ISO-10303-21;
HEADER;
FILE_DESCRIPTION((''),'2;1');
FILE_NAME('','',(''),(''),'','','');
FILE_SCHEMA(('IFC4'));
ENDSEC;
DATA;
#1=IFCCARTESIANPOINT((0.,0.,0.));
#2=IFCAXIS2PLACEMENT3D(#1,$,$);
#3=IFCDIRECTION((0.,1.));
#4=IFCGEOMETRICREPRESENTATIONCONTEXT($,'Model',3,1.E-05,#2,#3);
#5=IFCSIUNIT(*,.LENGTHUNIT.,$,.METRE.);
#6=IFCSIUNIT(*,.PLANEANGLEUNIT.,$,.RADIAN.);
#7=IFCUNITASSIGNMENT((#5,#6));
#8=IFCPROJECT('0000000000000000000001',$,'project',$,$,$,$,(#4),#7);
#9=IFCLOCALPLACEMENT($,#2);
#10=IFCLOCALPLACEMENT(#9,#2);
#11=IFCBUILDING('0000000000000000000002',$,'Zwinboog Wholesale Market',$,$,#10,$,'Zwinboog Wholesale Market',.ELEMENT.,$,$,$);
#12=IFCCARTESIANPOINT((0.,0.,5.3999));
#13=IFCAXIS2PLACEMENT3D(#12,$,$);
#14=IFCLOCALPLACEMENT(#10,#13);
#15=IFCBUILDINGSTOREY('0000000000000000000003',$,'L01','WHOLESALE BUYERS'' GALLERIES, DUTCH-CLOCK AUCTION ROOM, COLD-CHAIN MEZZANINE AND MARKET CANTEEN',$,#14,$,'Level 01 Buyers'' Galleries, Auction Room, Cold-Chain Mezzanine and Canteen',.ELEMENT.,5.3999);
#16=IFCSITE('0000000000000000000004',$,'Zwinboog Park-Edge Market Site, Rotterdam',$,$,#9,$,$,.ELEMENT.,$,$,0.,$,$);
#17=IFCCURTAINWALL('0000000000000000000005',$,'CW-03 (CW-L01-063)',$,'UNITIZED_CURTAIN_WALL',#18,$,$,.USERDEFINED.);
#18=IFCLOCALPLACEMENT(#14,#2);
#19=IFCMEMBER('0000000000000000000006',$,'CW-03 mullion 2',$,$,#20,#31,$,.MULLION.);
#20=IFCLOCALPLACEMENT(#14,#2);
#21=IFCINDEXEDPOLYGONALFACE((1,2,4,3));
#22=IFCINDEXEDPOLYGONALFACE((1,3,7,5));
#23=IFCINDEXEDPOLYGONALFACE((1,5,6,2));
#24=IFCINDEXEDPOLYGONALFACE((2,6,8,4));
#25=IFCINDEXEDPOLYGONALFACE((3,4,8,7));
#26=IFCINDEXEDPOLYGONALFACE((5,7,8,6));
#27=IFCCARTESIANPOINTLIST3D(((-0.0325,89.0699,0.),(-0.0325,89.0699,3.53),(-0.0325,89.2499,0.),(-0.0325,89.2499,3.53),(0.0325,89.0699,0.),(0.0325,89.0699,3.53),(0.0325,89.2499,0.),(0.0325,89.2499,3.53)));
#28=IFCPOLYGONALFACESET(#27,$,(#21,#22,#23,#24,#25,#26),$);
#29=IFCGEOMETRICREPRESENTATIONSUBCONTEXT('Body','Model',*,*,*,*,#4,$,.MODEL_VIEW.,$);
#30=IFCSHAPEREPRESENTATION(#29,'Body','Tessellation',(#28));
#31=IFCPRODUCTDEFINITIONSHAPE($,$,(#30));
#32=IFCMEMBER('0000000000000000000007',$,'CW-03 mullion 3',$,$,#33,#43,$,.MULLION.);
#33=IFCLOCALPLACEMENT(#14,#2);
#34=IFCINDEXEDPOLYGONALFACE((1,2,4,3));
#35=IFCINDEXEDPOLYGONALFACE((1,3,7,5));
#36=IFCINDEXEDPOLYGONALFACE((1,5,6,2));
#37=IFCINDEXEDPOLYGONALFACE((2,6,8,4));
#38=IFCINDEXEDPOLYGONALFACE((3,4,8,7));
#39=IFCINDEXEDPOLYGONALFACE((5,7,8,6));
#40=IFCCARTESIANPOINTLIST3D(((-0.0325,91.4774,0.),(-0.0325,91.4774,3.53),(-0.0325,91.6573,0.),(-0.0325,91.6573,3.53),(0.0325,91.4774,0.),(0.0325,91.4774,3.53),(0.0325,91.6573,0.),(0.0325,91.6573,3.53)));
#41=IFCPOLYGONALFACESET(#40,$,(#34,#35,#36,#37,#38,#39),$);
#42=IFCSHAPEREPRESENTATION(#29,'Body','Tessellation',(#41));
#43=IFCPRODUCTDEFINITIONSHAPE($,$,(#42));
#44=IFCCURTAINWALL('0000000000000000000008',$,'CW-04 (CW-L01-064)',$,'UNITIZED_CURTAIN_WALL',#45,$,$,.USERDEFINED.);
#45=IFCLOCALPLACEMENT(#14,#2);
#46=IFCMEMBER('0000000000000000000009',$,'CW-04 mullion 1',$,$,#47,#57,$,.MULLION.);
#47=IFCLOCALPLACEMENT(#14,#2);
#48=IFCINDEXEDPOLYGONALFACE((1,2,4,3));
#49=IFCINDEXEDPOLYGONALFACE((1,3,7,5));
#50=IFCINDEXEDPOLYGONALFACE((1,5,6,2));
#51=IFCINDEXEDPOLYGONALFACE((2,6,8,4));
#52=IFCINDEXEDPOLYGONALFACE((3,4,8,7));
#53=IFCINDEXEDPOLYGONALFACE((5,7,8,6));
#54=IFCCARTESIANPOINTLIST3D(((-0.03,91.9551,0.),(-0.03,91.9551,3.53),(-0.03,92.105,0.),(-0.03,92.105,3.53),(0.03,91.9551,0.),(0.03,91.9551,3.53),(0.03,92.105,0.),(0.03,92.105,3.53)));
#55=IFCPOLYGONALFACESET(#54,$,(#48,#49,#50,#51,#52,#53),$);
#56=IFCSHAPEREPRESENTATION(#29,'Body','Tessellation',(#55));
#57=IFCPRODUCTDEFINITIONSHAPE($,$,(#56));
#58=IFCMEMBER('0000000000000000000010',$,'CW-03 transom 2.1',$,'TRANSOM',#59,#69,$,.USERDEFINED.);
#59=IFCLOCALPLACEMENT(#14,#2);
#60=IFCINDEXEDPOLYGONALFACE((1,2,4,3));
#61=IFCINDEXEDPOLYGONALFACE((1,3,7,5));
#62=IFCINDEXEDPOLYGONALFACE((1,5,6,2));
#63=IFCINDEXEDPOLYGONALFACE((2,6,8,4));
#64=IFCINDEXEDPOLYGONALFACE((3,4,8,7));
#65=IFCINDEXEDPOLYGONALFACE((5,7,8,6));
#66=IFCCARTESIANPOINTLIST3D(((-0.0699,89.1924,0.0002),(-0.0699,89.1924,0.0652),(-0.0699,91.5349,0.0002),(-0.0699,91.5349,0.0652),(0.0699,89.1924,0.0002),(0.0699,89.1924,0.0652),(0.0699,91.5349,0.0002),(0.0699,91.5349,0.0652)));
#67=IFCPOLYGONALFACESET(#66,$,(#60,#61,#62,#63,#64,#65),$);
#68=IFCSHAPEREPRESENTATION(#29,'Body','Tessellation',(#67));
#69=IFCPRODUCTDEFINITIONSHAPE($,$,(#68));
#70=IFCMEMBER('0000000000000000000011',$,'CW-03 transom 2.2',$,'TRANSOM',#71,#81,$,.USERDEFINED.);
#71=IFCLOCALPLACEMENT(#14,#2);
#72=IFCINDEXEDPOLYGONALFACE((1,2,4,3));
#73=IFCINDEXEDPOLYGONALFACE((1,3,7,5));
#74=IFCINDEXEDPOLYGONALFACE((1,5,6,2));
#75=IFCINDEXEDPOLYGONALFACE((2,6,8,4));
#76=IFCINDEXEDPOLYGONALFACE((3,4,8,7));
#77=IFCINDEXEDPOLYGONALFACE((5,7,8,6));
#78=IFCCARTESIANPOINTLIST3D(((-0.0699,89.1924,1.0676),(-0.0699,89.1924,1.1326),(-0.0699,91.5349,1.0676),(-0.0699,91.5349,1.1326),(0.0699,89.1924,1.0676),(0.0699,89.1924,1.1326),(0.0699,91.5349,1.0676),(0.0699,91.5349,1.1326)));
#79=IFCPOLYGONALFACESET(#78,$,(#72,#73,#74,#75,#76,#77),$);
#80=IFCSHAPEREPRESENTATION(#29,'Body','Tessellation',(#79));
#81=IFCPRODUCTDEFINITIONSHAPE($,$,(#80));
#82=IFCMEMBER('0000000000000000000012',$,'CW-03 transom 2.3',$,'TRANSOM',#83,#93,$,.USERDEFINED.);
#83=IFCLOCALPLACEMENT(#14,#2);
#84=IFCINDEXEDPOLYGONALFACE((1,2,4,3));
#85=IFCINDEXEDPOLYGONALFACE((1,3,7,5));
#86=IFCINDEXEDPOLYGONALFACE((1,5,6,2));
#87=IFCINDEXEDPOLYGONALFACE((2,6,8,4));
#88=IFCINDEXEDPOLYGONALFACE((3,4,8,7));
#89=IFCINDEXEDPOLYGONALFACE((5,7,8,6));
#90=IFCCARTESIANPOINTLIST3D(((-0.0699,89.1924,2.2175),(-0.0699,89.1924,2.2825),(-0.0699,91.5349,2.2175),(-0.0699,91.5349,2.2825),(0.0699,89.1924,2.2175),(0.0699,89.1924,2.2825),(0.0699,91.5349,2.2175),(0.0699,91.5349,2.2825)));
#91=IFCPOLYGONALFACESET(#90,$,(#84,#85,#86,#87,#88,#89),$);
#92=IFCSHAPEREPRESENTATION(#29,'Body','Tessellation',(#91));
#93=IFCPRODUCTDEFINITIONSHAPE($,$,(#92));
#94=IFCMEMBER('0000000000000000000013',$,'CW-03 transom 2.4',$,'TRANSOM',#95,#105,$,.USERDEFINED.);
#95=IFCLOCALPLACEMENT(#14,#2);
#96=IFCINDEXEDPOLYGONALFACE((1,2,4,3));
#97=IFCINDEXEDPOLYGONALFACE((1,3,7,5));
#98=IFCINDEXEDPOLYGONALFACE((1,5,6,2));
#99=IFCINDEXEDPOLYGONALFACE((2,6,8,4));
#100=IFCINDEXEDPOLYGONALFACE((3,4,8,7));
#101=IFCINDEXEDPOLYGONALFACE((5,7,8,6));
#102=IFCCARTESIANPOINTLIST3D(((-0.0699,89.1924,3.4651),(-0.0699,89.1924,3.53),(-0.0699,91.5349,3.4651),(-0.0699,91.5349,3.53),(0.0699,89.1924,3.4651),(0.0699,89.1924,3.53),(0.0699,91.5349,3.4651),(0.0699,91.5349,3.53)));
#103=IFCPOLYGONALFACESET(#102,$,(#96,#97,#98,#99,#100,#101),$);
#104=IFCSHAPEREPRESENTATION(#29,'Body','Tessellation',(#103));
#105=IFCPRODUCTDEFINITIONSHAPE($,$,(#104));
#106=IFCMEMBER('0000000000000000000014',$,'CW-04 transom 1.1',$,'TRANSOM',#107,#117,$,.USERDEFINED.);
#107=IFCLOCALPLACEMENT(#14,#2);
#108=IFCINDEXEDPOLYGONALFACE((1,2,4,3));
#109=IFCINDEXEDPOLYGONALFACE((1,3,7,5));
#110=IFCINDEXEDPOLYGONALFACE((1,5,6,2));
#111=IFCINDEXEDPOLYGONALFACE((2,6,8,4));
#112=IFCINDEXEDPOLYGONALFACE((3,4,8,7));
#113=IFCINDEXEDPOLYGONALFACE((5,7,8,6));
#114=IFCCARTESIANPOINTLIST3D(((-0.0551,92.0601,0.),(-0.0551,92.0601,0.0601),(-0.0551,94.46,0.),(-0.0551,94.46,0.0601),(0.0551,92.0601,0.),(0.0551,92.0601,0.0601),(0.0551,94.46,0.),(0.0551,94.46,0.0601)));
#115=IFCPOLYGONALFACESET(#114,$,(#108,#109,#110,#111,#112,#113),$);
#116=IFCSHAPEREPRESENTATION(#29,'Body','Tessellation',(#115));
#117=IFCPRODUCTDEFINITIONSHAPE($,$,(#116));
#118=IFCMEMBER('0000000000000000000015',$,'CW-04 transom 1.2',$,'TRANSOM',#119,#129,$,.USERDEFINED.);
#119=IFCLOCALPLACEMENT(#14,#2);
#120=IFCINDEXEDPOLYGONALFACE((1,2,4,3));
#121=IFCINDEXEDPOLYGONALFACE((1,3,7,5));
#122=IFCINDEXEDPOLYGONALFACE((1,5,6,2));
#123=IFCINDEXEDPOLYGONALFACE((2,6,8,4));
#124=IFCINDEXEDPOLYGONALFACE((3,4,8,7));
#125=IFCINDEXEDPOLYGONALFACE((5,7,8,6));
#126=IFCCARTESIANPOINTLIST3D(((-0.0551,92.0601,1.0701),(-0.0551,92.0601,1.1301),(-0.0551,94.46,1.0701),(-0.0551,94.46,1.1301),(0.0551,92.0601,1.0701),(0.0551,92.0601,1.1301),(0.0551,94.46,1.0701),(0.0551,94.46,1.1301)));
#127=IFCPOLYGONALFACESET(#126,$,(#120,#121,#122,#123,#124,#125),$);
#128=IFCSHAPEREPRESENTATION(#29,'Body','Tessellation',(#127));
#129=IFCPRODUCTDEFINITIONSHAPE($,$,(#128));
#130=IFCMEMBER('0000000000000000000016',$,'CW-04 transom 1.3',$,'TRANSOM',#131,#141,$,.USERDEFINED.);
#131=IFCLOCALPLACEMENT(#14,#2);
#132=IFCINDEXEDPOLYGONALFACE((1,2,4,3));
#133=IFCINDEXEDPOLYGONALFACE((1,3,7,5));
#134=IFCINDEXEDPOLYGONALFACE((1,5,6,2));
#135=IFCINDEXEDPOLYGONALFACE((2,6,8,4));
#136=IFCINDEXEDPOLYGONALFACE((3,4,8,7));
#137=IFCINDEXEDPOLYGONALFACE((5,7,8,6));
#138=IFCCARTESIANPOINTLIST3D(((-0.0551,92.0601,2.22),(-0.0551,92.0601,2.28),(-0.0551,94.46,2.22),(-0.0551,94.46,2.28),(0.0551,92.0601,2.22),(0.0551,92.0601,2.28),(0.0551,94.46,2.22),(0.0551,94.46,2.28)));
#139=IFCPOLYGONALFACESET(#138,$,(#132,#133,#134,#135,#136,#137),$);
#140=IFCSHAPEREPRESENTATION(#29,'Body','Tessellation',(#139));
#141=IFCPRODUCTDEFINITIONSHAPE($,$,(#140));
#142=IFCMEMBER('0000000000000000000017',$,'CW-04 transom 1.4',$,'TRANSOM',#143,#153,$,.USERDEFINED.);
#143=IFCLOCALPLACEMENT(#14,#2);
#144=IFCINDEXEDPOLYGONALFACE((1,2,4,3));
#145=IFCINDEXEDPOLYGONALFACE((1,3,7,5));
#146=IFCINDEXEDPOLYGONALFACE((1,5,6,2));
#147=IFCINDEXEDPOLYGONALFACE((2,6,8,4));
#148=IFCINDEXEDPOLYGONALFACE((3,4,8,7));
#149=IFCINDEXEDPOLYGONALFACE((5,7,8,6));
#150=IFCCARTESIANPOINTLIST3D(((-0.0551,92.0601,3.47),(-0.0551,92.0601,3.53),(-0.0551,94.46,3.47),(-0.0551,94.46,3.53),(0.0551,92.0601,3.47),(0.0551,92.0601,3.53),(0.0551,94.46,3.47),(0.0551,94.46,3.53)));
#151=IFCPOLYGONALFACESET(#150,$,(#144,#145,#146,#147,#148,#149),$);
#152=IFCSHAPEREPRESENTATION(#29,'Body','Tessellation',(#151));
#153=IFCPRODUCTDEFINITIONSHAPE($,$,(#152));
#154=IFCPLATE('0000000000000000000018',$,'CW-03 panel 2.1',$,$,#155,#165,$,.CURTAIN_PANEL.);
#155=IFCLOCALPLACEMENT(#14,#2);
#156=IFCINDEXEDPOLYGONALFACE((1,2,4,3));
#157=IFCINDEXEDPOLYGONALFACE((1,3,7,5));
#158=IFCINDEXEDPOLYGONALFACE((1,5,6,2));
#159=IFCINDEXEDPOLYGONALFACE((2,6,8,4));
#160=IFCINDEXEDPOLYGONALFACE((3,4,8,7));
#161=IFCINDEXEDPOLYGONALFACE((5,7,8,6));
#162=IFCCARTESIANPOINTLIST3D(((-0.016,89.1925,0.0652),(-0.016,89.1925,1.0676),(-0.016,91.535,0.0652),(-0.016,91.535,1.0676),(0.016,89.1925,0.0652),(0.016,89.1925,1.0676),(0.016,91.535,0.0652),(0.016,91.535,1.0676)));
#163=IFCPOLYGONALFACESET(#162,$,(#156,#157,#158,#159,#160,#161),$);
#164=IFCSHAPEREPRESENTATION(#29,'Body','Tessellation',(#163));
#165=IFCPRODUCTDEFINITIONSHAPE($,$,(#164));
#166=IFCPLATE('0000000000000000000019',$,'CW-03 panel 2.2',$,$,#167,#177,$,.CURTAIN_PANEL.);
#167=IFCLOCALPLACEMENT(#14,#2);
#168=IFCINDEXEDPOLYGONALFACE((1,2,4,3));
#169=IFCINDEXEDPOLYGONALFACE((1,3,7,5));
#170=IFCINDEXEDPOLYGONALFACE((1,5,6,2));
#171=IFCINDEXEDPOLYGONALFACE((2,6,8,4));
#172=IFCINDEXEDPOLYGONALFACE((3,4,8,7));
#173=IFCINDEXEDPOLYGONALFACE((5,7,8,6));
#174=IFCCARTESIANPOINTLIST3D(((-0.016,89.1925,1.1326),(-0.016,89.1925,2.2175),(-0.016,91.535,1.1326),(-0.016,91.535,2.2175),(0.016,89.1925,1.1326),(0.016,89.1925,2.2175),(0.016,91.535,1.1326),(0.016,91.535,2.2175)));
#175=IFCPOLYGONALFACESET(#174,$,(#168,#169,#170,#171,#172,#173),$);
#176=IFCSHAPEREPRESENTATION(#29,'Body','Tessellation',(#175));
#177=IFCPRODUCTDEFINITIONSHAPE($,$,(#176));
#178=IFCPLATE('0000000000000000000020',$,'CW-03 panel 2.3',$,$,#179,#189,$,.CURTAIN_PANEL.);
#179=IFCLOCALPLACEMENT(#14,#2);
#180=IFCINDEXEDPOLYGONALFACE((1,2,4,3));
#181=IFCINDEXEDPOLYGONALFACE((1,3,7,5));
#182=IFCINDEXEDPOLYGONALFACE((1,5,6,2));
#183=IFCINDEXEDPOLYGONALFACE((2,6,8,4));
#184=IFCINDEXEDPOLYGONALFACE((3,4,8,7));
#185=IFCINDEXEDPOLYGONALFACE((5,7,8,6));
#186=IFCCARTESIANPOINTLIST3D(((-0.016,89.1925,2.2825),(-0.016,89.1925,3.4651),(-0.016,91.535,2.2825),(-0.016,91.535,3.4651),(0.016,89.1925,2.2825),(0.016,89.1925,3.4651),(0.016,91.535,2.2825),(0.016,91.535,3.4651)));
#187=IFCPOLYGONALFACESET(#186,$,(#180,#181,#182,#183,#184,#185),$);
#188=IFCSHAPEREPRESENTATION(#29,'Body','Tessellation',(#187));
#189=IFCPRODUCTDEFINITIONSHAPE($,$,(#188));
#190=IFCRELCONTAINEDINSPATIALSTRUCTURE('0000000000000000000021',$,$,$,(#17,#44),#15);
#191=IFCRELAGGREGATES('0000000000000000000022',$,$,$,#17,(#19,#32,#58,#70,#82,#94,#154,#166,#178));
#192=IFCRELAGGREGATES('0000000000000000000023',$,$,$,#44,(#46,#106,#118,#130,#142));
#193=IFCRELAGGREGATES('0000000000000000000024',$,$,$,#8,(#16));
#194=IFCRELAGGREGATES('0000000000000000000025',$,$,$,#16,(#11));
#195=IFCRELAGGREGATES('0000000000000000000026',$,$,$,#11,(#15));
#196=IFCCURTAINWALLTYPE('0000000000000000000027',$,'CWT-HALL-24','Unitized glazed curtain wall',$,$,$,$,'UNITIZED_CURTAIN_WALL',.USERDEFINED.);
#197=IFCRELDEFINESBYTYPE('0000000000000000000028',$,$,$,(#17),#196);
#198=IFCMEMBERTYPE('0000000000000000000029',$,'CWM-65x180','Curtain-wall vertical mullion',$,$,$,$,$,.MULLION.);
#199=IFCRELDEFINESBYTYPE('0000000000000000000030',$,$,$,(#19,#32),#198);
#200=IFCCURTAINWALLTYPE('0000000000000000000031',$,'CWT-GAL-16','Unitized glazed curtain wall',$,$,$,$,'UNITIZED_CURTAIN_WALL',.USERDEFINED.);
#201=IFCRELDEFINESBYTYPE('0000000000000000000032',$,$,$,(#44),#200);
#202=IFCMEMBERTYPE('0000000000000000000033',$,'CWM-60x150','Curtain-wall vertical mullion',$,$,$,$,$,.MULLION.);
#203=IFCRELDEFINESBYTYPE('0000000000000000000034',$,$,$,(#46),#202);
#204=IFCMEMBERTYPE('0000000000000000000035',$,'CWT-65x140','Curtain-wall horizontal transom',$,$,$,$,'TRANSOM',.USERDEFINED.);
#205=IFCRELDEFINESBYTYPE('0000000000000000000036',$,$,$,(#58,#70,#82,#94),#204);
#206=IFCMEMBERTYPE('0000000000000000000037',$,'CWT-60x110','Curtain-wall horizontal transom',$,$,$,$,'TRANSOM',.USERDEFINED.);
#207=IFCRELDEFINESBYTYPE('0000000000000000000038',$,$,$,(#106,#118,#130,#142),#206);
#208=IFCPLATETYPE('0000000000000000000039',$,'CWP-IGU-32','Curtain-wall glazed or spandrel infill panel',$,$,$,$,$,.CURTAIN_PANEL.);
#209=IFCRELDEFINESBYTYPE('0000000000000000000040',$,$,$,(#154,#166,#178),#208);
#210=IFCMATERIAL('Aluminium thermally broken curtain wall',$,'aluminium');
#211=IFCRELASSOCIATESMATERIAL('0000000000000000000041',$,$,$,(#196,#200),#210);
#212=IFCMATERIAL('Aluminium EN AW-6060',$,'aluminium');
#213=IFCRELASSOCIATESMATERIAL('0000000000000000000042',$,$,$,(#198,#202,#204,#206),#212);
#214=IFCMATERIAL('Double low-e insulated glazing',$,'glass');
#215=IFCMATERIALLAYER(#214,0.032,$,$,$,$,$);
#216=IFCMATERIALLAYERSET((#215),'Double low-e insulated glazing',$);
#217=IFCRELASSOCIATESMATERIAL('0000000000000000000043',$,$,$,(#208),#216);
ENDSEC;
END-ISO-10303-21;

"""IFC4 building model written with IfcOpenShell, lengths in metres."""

from ifc_helpers import new_model, si_unit, direction, frame, origin, origin_2d, place, context, subcontext, project, spatial, rectangle, extrude, material, layer, layer_set, material_profile, profile_set, type_object, element, aggregate, save


model = new_model("IFC4")

# Units and contexts
model_context = context("Model", 3, precision=1e-05, world=origin(), true_north=direction((0.0, 1.0)))
body_context = subcontext(model_context, "Body", "Model", "MODEL_VIEW")
ifc_project = project(units=[si_unit("LENGTHUNIT", "METRE"), si_unit("PLANEANGLEUNIT", "RADIAN")], contexts=[model_context])

# Site, building, storey
site_placement = place(None, origin())
site = spatial("IfcSite", under=ifc_project, at=site_placement, Name="Zwinboog Park-Edge Market Site, Rotterdam", CompositionType="ELEMENT", RefElevation=0.0)
building_placement = place(site_placement, origin())
building = spatial("IfcBuilding", under=site, at=building_placement, Name="Zwinboog Wholesale Market", LongName="Zwinboog Wholesale Market", CompositionType="ELEMENT")
storey_placement = place(building_placement, frame((0.0, 0.0, 5.3999)))
storey = spatial("IfcBuildingStorey", under=building, at=storey_placement, Name="L01", Description="WHOLESALE BUYERS' GALLERIES, DUTCH-CLOCK AUCTION ROOM, COLD-CHAIN MEZZANINE AND MARKET CANTEEN", LongName="Level 01 Buyers' Galleries, Auction Room, Cold-Chain Mezzanine and Canteen", CompositionType="ELEMENT", Elevation=5.3999)

# Curtain wall, members
ifc_material_1 = material(Name="Aluminium thermally broken curtain wall", Category="aluminium")
curtain_wall_type_1 = type_object("IfcCurtainWallType", Name="CWT-HALL-24", Description="Unitized glazed curtain wall", ElementType="UNITIZED_CURTAIN_WALL", PredefinedType="USERDEFINED", material=ifc_material_1)
curtain_wall_1_placement = place(storey_placement, origin())
curtain_wall_1 = element("IfcCurtainWall", 1, at=curtain_wall_1_placement, inside=storey, type_object=curtain_wall_type_1, Name="CW-03 (CW-L01-063)", ObjectType="UNITIZED_CURTAIN_WALL", PredefinedType="USERDEFINED")
ifc_material_2 = material(Name="Aluminium EN AW-6060", Category="aluminium")
ifc_material_profile_1 = material_profile(ifc_material_2, rectangle(XDim=0.0649, YDim=0.1799, at=origin_2d()), Name="AL 65x180")
ifc_profile_set_1 = profile_set([ifc_material_profile_1], Name="Aluminium EN AW-6060")
member_type_1 = type_object("IfcMemberType", Name="CWM-65x180", Description="Curtain-wall vertical mullion", PredefinedType="MULLION", material=ifc_profile_set_1)
member_1_placement = place(storey_placement, frame((0.0, 89.1599, 0.0), z_axis=(0.0, 0.0, 1.0), x_axis=(-1.0, 0.0, 0.0)))
member_1 = element("IfcMember", 2, at=member_1_placement, type_object=member_type_1, Name="CW-03 mullion 2", PredefinedType="MULLION", context=body_context, shape_type="SweptSolid", body=[
    extrude(rectangle(XDim=0.0649, YDim=0.1799, at=origin_2d()), origin(), (0.0, 0.0, 1.0), 3.53),
])
member_2_placement = place(storey_placement, frame((0.0, 91.5674, 0.0), z_axis=(0.0, 0.0, 1.0), x_axis=(-1.0, 0.0, 0.0)))
member_2 = element("IfcMember", 3, at=member_2_placement, type_object=member_type_1, Name="CW-03 mullion 3", PredefinedType="MULLION", context=body_context, shape_type="SweptSolid", body=[
    extrude(rectangle(XDim=0.0649, YDim=0.1799, at=origin_2d()), origin(), (0.0, 0.0, 1.0), 3.53),
])

# Curtain wall, member
curtain_wall_type_2 = type_object("IfcCurtainWallType", Name="CWT-GAL-16", Description="Unitized glazed curtain wall", ElementType="UNITIZED_CURTAIN_WALL", PredefinedType="USERDEFINED", material=ifc_material_1)
curtain_wall_2_placement = place(storey_placement, origin())
curtain_wall_2 = element("IfcCurtainWall", 4, at=curtain_wall_2_placement, inside=storey, type_object=curtain_wall_type_2, Name="CW-04 (CW-L01-064)", ObjectType="UNITIZED_CURTAIN_WALL", PredefinedType="USERDEFINED")
ifc_material_profile_2 = material_profile(ifc_material_2, rectangle(XDim=0.0601, YDim=0.1499, at=origin_2d()), Name="AL 60x150")
ifc_profile_set_2 = profile_set([ifc_material_profile_2], Name="Aluminium EN AW-6060")
member_type_2 = type_object("IfcMemberType", Name="CWM-60x150", Description="Curtain-wall vertical mullion", PredefinedType="MULLION", material=ifc_profile_set_2)
member_3_placement = place(storey_placement, frame((0.0, 92.03, 0.0), z_axis=(0.0, 0.0, 1.0), x_axis=(-1.0, 0.0, 0.0)))
member_3 = element("IfcMember", 5, at=member_3_placement, type_object=member_type_2, Name="CW-04 mullion 1", PredefinedType="MULLION", context=body_context, shape_type="SweptSolid", body=[
    extrude(rectangle(XDim=0.0601, YDim=0.1499, at=origin_2d()), origin(), (0.0, 0.0, 1.0), 3.53),
])

# Members
ifc_material_profile_3 = material_profile(ifc_material_2, rectangle(XDim=0.1399, YDim=0.0649, at=origin_2d()), Name="AL 65x140")
ifc_profile_set_3 = profile_set([ifc_material_profile_3], Name="Aluminium EN AW-6060")
member_type_3 = type_object("IfcMemberType", Name="CWT-65x140", Description="Curtain-wall horizontal transom", ElementType="TRANSOM", PredefinedType="USERDEFINED", material=ifc_profile_set_3)
member_4_placement = place(storey_placement, frame((0.0, 89.1924, 0.0327), z_axis=(0.0, 1.0, 0.0), x_axis=(-1.0, 0.0, 0.0)))
member_4 = element("IfcMember", 6, at=member_4_placement, type_object=member_type_3, Name="CW-03 transom 2.1", ObjectType="TRANSOM", PredefinedType="USERDEFINED", context=body_context, shape_type="SweptSolid", body=[
    extrude(rectangle(XDim=0.1399, YDim=0.0649, at=origin_2d()), origin(), (0.0, 0.0, 1.0), 2.3425),
])
member_5_placement = place(storey_placement, frame((0.0, 89.1924, 1.1001), z_axis=(0.0, 1.0, 0.0), x_axis=(-1.0, 0.0, 0.0)))
member_5 = element("IfcMember", 7, at=member_5_placement, type_object=member_type_3, Name="CW-03 transom 2.2", ObjectType="TRANSOM", PredefinedType="USERDEFINED", context=body_context, shape_type="SweptSolid", body=[
    extrude(rectangle(XDim=0.1399, YDim=0.0649, at=origin_2d()), origin(), (0.0, 0.0, 1.0), 2.3425),
])
member_6_placement = place(storey_placement, frame((0.0, 89.1924, 2.25), z_axis=(0.0, 1.0, 0.0), x_axis=(-1.0, 0.0, 0.0)))
member_6 = element("IfcMember", 8, at=member_6_placement, type_object=member_type_3, Name="CW-03 transom 2.3", ObjectType="TRANSOM", PredefinedType="USERDEFINED", context=body_context, shape_type="SweptSolid", body=[
    extrude(rectangle(XDim=0.1399, YDim=0.0649, at=origin_2d()), origin(), (0.0, 0.0, 1.0), 2.3425),
])
member_7_placement = place(storey_placement, frame((0.0, 89.1924, 3.4976), z_axis=(0.0, 1.0, 0.0), x_axis=(-1.0, 0.0, 0.0)))
member_7 = element("IfcMember", 9, at=member_7_placement, type_object=member_type_3, Name="CW-03 transom 2.4", ObjectType="TRANSOM", PredefinedType="USERDEFINED", context=body_context, shape_type="SweptSolid", body=[
    extrude(rectangle(XDim=0.1399, YDim=0.0649, at=origin_2d()), origin(), (0.0, 0.0, 1.0), 2.3425),
])
ifc_material_profile_4 = material_profile(ifc_material_2, rectangle(XDim=0.1101, YDim=0.0601, at=origin_2d()), Name="AL 60x110")
ifc_profile_set_4 = profile_set([ifc_material_profile_4], Name="Aluminium EN AW-6060")
member_type_4 = type_object("IfcMemberType", Name="CWT-60x110", Description="Curtain-wall horizontal transom", ElementType="TRANSOM", PredefinedType="USERDEFINED", material=ifc_profile_set_4)
member_8_placement = place(storey_placement, frame((0.0, 92.0601, 0.03), z_axis=(0.0, 1.0, 0.0), x_axis=(-1.0, 0.0, 0.0)))
member_8 = element("IfcMember", 10, at=member_8_placement, type_object=member_type_4, Name="CW-04 transom 1.1", ObjectType="TRANSOM", PredefinedType="USERDEFINED", context=body_context, shape_type="SweptSolid", body=[
    extrude(rectangle(XDim=0.1101, YDim=0.0601, at=origin_2d()), origin(), (0.0, 0.0, 1.0), 2.3999),
])
member_9_placement = place(storey_placement, frame((0.0, 92.0601, 1.1001), z_axis=(0.0, 1.0, 0.0), x_axis=(-1.0, 0.0, 0.0)))
member_9 = element("IfcMember", 11, at=member_9_placement, type_object=member_type_4, Name="CW-04 transom 1.2", ObjectType="TRANSOM", PredefinedType="USERDEFINED", context=body_context, shape_type="SweptSolid", body=[
    extrude(rectangle(XDim=0.1101, YDim=0.0601, at=origin_2d()), origin(), (0.0, 0.0, 1.0), 2.3999),
])
member_10_placement = place(storey_placement, frame((0.0, 92.0601, 2.25), z_axis=(0.0, 1.0, 0.0), x_axis=(-1.0, 0.0, 0.0)))
member_10 = element("IfcMember", 12, at=member_10_placement, type_object=member_type_4, Name="CW-04 transom 1.3", ObjectType="TRANSOM", PredefinedType="USERDEFINED", context=body_context, shape_type="SweptSolid", body=[
    extrude(rectangle(XDim=0.1101, YDim=0.0601, at=origin_2d()), origin(), (0.0, 0.0, 1.0), 2.3999),
])
member_11_placement = place(storey_placement, frame((0.0, 92.0601, 3.5), z_axis=(0.0, 1.0, 0.0), x_axis=(-1.0, 0.0, 0.0)))
member_11 = element("IfcMember", 13, at=member_11_placement, type_object=member_type_4, Name="CW-04 transom 1.4", ObjectType="TRANSOM", PredefinedType="USERDEFINED", context=body_context, shape_type="SweptSolid", body=[
    extrude(rectangle(XDim=0.1101, YDim=0.0601, at=origin_2d()), origin(), (0.0, 0.0, 1.0), 2.3999),
])

# Plates
ifc_material_3 = material(Name="Double low-e insulated glazing", Category="glass")
ifc_layer_1 = layer(ifc_material_3, 0.032)
ifc_layer_set_1 = layer_set([ifc_layer_1], Name="Double low-e insulated glazing")
plate_type = type_object("IfcPlateType", Name="CWP-IGU-32", Description="Curtain-wall glazed or spandrel infill panel", PredefinedType="CURTAIN_PANEL", material=ifc_layer_set_1)
plate_1_placement = place(storey_placement, frame((0.0, 90.3638, 0.0652), z_axis=(0.0, 0.0, 1.0), x_axis=(0.0, 1.0, 0.0)))
plate_1 = element("IfcPlate", 14, at=plate_1_placement, type_object=plate_type, Name="CW-03 panel 2.1", PredefinedType="CURTAIN_PANEL", context=body_context, shape_type="SweptSolid", body=[
    extrude(rectangle(XDim=2.3425, YDim=0.032, at=origin_2d()), origin(), (0.0, 0.0, 1.0), 1.0024),
])
plate_2_placement = place(storey_placement, frame((0.0, 90.3638, 1.1326), z_axis=(0.0, 0.0, 1.0), x_axis=(0.0, 1.0, 0.0)))
plate_2 = element("IfcPlate", 15, at=plate_2_placement, type_object=plate_type, Name="CW-03 panel 2.2", PredefinedType="CURTAIN_PANEL", context=body_context, shape_type="SweptSolid", body=[
    extrude(rectangle(XDim=2.3425, YDim=0.032, at=origin_2d()), origin(), (0.0, 0.0, 1.0), 1.085),
])
plate_3_placement = place(storey_placement, frame((0.0, 90.3638, 2.2825), z_axis=(0.0, 0.0, 1.0), x_axis=(0.0, 1.0, 0.0)))
plate_3 = element("IfcPlate", 16, at=plate_3_placement, type_object=plate_type, Name="CW-03 panel 2.3", PredefinedType="CURTAIN_PANEL", context=body_context, shape_type="SweptSolid", body=[
    extrude(rectangle(XDim=2.3425, YDim=0.032, at=origin_2d()), origin(), (0.0, 0.0, 1.0), 1.1826),
])
aggregate(curtain_wall_1, [member_1, member_2, member_4, member_5, member_6, member_7, plate_1, plate_2, plate_3])
aggregate(curtain_wall_2, [member_3, member_8, member_9, member_10, member_11])

save(model, "model.ifc")
